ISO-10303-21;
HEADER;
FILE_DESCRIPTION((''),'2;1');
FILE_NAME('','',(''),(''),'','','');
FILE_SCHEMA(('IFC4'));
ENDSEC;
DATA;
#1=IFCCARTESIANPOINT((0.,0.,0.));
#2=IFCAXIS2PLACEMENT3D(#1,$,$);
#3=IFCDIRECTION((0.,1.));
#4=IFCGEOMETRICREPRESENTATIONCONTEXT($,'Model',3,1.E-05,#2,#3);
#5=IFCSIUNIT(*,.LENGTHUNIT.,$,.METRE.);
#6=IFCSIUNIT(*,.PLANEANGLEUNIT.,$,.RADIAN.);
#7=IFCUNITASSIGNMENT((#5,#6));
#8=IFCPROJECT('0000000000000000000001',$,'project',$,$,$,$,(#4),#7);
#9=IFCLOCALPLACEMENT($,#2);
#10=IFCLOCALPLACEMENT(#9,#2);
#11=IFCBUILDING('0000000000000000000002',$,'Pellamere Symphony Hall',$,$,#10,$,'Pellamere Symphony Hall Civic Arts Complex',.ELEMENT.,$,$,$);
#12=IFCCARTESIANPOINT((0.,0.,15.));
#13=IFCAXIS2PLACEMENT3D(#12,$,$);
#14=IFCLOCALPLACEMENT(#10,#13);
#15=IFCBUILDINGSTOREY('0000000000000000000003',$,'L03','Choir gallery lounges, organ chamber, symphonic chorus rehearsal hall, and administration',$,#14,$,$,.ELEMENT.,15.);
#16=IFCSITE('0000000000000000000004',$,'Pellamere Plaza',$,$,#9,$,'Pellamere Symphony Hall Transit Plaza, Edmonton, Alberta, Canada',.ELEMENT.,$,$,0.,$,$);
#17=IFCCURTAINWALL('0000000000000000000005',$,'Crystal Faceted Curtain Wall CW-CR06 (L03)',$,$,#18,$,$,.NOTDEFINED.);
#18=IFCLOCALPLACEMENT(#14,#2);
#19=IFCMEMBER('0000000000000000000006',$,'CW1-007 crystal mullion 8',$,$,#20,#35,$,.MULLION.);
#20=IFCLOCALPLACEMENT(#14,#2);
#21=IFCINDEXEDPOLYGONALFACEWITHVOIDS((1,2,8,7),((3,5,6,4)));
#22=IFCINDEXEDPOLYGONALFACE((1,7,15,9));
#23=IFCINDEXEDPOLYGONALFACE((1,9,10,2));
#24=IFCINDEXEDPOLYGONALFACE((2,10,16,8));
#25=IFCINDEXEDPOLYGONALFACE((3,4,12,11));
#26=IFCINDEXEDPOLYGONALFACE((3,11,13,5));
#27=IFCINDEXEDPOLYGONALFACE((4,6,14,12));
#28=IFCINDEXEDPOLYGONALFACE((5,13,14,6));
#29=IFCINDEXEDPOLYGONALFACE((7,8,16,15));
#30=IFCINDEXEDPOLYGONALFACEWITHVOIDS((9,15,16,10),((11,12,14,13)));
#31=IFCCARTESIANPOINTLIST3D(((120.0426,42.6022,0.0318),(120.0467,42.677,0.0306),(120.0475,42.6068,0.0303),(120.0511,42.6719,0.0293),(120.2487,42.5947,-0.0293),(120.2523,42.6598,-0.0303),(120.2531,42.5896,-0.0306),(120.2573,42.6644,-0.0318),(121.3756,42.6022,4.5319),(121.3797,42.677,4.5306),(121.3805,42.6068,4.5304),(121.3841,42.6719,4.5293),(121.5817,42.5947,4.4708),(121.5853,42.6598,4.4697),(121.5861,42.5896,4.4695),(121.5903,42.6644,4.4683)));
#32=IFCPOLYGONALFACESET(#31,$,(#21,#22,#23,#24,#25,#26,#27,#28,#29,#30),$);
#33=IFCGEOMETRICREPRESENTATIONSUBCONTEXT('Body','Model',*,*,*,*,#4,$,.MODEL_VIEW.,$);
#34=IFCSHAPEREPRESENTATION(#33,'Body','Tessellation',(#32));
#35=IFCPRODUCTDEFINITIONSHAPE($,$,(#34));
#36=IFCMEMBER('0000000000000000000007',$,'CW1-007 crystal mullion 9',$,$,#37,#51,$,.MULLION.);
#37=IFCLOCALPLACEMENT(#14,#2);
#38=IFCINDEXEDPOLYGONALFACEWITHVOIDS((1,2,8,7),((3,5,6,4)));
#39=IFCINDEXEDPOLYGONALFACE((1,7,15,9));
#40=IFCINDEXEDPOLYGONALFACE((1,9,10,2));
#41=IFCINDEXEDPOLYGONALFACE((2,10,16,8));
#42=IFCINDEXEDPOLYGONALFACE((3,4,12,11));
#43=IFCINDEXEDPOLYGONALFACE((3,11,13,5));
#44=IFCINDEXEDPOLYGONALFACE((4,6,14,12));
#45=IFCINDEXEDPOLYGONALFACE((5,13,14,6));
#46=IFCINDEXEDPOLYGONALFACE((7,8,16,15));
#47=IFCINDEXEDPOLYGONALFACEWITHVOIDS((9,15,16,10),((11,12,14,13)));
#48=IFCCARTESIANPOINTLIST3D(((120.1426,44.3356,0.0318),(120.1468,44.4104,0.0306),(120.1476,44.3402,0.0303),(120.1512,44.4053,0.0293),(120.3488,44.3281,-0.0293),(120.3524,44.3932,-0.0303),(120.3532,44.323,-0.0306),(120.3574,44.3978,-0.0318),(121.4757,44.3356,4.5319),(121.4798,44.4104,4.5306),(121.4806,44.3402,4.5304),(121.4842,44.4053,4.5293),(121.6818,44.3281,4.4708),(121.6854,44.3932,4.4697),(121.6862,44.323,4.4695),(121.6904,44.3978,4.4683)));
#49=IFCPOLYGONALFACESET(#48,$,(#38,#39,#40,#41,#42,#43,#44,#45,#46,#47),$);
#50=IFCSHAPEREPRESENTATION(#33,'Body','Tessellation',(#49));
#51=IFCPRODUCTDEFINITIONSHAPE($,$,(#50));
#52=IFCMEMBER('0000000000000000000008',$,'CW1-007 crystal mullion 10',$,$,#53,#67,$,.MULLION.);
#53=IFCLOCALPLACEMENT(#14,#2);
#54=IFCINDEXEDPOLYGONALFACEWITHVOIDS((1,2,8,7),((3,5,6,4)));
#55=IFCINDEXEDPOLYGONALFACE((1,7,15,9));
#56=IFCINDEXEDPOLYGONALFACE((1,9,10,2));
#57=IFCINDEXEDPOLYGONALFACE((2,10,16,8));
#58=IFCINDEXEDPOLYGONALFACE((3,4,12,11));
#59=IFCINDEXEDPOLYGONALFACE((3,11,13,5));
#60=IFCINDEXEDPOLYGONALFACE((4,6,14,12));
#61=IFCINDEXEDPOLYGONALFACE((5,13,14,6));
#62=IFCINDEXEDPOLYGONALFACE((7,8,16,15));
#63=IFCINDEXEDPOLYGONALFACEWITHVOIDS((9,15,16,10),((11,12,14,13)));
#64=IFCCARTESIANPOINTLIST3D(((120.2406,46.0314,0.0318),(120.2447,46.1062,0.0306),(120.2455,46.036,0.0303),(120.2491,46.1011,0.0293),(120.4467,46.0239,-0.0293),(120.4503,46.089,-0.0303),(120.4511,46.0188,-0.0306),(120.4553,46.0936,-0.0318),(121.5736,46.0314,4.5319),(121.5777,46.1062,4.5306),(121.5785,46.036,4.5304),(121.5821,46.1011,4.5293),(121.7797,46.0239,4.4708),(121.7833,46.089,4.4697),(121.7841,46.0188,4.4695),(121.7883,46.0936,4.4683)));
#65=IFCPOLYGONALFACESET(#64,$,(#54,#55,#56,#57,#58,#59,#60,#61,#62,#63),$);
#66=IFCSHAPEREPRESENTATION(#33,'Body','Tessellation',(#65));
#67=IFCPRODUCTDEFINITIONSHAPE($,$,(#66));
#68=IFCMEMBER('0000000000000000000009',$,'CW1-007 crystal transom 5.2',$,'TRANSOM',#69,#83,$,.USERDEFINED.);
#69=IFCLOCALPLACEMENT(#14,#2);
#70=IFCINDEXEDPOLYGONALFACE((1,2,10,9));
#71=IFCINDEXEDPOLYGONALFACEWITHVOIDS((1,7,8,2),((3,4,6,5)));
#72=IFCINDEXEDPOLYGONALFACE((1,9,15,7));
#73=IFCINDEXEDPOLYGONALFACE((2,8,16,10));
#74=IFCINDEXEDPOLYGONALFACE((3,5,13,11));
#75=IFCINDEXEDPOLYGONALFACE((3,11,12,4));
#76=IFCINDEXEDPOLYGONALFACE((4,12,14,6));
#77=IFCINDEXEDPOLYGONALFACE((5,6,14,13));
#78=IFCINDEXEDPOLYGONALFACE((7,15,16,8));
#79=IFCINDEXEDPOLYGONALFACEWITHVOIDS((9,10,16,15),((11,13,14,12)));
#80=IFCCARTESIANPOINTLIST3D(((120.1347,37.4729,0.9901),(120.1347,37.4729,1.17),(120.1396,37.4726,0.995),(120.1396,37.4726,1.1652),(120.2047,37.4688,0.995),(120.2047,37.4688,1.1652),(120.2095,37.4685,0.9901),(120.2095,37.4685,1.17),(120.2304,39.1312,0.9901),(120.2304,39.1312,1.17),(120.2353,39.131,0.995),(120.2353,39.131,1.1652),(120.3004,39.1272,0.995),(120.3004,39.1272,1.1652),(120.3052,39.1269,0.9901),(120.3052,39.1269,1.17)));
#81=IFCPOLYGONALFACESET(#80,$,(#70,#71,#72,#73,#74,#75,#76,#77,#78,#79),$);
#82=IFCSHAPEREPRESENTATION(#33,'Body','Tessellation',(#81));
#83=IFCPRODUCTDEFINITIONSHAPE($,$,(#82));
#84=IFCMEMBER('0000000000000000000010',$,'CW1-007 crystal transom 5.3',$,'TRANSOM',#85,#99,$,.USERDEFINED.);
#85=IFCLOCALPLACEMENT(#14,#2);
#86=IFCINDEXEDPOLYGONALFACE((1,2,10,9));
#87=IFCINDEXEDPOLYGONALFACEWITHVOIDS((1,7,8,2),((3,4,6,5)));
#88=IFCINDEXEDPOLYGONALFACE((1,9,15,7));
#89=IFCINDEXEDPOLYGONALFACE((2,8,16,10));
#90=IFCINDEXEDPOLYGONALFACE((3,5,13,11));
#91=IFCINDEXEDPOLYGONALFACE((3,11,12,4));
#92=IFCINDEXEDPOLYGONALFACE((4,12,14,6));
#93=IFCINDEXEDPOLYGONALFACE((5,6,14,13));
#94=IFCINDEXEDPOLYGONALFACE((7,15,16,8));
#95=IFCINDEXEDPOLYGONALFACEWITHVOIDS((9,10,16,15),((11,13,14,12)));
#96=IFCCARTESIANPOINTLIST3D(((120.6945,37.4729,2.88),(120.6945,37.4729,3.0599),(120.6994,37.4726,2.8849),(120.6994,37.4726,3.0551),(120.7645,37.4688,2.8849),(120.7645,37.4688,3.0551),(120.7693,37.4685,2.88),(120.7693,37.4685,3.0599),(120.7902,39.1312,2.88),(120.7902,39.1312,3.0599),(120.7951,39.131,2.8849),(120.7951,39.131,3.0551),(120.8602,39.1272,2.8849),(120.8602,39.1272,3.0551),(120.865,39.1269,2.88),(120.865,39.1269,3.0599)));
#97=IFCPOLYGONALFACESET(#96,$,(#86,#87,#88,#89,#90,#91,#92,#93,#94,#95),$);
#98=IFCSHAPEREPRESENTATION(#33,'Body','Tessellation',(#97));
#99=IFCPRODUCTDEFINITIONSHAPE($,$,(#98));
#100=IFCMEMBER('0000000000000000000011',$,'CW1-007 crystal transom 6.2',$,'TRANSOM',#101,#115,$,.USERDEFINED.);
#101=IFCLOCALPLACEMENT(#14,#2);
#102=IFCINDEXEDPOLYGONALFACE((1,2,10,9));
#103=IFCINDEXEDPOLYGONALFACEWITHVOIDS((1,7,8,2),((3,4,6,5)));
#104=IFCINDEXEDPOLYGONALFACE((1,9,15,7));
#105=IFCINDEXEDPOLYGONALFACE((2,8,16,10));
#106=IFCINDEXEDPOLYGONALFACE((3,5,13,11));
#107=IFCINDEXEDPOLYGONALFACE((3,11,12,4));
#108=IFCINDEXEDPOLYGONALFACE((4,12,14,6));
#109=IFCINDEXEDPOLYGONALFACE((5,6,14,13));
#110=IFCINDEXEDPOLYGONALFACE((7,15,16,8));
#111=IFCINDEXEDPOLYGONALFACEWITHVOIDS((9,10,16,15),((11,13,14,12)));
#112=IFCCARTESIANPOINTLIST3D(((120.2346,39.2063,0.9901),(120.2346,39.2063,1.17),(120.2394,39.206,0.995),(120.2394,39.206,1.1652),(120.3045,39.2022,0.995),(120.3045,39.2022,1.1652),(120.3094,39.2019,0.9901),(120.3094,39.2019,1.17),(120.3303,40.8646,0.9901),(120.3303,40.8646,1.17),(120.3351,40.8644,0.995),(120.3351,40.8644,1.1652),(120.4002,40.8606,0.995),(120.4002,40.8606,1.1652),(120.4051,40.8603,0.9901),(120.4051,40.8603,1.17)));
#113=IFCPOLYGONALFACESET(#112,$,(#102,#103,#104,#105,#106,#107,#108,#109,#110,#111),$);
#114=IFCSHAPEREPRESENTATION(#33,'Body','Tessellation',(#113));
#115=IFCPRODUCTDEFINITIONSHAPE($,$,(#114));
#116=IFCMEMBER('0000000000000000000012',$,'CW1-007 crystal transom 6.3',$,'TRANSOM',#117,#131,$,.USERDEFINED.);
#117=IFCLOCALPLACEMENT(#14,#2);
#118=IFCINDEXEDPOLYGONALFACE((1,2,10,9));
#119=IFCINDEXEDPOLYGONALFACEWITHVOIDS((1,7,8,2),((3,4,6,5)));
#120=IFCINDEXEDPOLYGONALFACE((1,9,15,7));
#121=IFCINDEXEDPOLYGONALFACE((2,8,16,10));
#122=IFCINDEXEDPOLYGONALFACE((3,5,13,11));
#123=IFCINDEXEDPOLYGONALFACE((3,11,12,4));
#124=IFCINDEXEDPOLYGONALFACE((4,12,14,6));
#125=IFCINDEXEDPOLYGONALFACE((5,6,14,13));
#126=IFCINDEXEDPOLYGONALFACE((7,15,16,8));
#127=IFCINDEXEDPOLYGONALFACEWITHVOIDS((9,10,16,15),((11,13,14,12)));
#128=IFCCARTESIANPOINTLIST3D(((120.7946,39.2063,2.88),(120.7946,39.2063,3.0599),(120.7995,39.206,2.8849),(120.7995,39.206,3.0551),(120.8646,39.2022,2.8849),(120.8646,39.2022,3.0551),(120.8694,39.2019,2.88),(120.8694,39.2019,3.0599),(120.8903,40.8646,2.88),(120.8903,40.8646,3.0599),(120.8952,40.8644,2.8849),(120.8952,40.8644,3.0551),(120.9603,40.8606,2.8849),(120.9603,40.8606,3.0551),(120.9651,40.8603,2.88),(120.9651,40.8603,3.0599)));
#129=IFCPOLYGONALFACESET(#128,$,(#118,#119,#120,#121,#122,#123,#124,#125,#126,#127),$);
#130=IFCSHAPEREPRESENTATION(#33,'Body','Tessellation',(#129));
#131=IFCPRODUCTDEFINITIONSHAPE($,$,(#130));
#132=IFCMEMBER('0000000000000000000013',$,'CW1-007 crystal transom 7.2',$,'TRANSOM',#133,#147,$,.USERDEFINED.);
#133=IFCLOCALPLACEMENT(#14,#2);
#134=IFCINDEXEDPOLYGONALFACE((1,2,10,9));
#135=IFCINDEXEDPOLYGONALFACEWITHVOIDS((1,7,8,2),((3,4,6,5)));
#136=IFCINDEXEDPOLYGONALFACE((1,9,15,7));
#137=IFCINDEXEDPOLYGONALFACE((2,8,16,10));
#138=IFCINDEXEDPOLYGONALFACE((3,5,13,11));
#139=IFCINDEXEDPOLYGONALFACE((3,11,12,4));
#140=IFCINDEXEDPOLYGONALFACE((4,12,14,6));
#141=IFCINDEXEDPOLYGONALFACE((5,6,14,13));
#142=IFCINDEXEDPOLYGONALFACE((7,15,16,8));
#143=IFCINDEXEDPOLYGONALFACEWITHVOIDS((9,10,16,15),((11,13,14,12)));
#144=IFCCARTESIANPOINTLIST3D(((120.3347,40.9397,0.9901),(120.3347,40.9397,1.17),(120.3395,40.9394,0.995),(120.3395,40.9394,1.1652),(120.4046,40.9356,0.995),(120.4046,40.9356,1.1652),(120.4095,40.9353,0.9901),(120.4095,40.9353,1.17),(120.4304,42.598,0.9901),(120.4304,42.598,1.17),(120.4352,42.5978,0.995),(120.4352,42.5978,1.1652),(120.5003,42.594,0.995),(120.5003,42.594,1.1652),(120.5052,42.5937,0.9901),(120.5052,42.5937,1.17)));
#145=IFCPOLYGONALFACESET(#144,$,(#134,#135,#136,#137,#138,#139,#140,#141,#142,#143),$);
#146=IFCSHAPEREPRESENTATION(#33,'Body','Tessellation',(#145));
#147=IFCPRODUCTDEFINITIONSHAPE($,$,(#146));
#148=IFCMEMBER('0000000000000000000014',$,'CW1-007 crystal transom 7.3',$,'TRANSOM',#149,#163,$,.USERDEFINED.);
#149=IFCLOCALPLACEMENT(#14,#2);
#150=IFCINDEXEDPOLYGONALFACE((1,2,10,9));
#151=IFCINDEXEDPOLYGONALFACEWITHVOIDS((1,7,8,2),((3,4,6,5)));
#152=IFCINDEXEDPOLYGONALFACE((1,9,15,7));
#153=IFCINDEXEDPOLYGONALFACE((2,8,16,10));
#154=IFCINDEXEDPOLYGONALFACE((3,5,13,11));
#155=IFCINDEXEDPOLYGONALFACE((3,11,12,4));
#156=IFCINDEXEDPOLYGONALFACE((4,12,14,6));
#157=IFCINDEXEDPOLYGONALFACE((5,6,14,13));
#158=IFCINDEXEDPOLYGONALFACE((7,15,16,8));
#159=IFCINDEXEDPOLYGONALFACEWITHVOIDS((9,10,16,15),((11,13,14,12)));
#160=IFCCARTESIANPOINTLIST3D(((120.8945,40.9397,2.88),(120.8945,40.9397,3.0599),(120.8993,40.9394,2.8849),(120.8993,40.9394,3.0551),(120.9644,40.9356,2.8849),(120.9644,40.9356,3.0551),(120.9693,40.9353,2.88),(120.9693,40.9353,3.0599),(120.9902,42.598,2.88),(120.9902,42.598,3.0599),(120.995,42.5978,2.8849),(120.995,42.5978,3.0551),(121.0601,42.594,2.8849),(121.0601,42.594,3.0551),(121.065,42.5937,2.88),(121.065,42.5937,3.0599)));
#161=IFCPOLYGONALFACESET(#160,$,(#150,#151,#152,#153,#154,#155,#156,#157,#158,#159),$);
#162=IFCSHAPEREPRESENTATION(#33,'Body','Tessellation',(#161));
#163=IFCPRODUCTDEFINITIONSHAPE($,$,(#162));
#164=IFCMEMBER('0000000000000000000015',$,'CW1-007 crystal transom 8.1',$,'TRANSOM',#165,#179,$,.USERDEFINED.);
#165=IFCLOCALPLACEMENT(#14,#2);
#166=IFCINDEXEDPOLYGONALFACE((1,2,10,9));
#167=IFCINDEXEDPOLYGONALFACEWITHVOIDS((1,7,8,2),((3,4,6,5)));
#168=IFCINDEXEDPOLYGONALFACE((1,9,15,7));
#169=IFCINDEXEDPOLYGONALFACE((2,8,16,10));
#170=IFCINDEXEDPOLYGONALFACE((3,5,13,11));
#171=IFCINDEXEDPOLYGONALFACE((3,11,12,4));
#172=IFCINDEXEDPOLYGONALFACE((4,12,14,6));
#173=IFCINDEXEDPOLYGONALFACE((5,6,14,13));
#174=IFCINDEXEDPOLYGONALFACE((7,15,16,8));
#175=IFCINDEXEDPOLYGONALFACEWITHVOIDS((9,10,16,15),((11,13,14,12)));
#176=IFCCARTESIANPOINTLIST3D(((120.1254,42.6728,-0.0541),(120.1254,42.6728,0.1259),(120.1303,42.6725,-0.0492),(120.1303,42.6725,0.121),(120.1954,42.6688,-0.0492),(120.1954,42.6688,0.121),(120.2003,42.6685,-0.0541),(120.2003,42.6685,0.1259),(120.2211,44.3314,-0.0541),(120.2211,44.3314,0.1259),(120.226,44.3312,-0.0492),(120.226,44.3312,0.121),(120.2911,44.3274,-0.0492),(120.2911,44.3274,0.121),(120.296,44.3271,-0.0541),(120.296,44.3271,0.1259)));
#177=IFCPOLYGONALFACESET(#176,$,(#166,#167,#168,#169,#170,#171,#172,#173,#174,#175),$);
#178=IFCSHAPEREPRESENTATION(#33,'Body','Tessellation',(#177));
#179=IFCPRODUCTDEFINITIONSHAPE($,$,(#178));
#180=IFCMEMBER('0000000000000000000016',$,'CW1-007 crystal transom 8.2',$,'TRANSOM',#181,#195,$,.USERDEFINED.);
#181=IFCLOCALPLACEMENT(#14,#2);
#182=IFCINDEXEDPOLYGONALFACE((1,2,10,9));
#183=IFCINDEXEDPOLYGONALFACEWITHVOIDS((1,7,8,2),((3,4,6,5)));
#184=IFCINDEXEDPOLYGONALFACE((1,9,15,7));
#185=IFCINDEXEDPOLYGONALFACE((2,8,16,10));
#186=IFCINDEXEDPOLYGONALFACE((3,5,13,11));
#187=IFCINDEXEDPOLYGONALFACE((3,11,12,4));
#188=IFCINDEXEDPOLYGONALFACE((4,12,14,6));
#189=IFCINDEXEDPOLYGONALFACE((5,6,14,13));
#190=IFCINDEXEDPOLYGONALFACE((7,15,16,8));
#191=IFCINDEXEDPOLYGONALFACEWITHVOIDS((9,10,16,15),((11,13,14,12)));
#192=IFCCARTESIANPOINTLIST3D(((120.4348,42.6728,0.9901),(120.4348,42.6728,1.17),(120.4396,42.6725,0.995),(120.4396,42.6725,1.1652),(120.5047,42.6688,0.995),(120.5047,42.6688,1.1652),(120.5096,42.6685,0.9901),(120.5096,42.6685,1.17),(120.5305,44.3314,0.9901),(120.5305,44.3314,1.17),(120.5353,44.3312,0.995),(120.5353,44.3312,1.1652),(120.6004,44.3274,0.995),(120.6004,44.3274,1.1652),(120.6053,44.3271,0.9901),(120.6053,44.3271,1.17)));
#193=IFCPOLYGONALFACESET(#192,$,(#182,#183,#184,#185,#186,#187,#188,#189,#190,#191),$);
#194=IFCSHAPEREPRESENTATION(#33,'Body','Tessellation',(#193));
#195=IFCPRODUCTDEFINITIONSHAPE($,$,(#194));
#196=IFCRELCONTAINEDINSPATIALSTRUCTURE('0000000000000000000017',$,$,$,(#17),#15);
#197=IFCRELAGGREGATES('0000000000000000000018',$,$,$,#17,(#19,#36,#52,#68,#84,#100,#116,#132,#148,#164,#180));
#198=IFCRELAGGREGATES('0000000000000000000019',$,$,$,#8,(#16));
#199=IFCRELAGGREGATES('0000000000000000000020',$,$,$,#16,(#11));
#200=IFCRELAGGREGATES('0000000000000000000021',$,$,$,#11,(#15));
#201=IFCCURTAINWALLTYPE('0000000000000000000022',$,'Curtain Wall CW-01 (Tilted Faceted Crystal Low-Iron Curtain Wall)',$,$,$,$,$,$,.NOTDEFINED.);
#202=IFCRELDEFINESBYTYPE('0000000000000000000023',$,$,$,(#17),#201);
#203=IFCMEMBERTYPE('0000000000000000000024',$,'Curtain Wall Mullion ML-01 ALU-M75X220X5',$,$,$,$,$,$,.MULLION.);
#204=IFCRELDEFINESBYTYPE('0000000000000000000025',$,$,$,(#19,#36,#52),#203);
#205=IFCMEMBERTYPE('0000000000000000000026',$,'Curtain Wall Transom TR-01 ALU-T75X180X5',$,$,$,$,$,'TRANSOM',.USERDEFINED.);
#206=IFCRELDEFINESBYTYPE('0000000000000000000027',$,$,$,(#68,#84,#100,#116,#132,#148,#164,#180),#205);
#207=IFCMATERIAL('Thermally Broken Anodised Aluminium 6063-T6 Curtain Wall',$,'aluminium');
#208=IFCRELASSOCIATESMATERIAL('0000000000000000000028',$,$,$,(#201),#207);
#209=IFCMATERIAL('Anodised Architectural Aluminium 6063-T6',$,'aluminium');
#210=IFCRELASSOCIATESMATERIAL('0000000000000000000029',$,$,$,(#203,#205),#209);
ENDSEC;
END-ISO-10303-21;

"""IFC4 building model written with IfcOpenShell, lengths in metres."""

from ifc_helpers import new_model, si_unit, direction, frame, origin, origin_2d, place, context, subcontext, project, spatial, hollow_rectangle, extrude, material, material_profile, profile_set, type_object, element, aggregate, save


model = new_model("IFC4")

# Units and contexts
model_context = context("Model", 3, precision=1e-05, world=origin(), true_north=direction((0.0, 1.0)))
body_context = subcontext(model_context, "Body", "Model", "MODEL_VIEW")
ifc_project = project(units=[si_unit("LENGTHUNIT", "METRE"), si_unit("PLANEANGLEUNIT", "RADIAN")], contexts=[model_context])

# Site, building, storey
site_placement = place(None, origin())
site = spatial("IfcSite", under=ifc_project, at=site_placement, Name="Pellamere Plaza", LongName="Pellamere Symphony Hall Transit Plaza, Edmonton, Alberta, Canada", CompositionType="ELEMENT", RefElevation=0.0)
building_placement = place(site_placement, origin())
building = spatial("IfcBuilding", under=site, at=building_placement, Name="Pellamere Symphony Hall", LongName="Pellamere Symphony Hall Civic Arts Complex", CompositionType="ELEMENT")
storey_placement = place(building_placement, frame((0.0, 0.0, 15.0)))
storey = spatial("IfcBuildingStorey", under=building, at=storey_placement, Name="L03", Description="Choir gallery lounges, organ chamber, symphonic chorus rehearsal hall, and administration", CompositionType="ELEMENT", Elevation=15.0)

# Curtain wall, members
ifc_material_1 = material(Name="Thermally Broken Anodised Aluminium 6063-T6 Curtain Wall", Category="aluminium")
curtain_wall_type = type_object("IfcCurtainWallType", Name="Curtain Wall CW-01 (Tilted Faceted Crystal Low-Iron Curtain Wall)", PredefinedType="NOTDEFINED", material=ifc_material_1)
curtain_wall_1_placement = place(storey_placement, origin())
curtain_wall_1 = element("IfcCurtainWall", 1, at=curtain_wall_1_placement, inside=storey, type_object=curtain_wall_type, Name="Crystal Faceted Curtain Wall CW-CR06 (L03)", PredefinedType="NOTDEFINED")
ifc_material_2 = material(Name="Anodised Architectural Aluminium 6063-T6", Category="aluminium")
ifc_material_profile_1 = material_profile(ifc_material_2, hollow_rectangle(XDim=0.075, YDim=0.22, WallThickness=0.0049, at=origin_2d()), Name="ALU-M75X220X5")
ifc_profile_set_1 = profile_set([ifc_material_profile_1], Name="Anodised Architectural Aluminium 6063-T6")
member_type_1 = type_object("IfcMemberType", Name="Curtain Wall Mullion ML-01 ALU-M75X220X5", PredefinedType="MULLION", material=ifc_profile_set_1)
member_1_placement = place(storey_placement, frame((120.1499, 42.6333, 0.0), z_axis=(0.284025, 0.0, 0.958817), x_axis=(-0.055225, -0.99834, 0.016359)))
member_1 = element("IfcMember", 2, at=member_1_placement, type_object=member_type_1, Name="CW1-007 crystal mullion 8", PredefinedType="MULLION", context=body_context, shape_type="SweptSolid", body=[
    extrude(hollow_rectangle(XDim=0.075, YDim=0.22, WallThickness=0.0049, at=origin_2d()), origin(), (0.0, 0.0, 1.0), 4.6934),
])
member_2_placement = place(storey_placement, frame((120.25, 44.3667, 0.0), z_axis=(0.284025, 0.0, 0.958817), x_axis=(-0.055225, -0.99834, 0.016359)))
member_2 = element("IfcMember", 3, at=member_2_placement, type_object=member_type_1, Name="CW1-007 crystal mullion 9", PredefinedType="MULLION", context=body_context, shape_type="SweptSolid", body=[
    extrude(hollow_rectangle(XDim=0.075, YDim=0.22, WallThickness=0.0049, at=origin_2d()), origin(), (0.0, 0.0, 1.0), 4.6934),
])
member_3_placement = place(storey_placement, frame((120.3479, 46.0625, 0.0), z_axis=(0.284025, 0.0, 0.958817), x_axis=(-0.055225, -0.99834, 0.016359)))
member_3 = element("IfcMember", 4, at=member_3_placement, type_object=member_type_1, Name="CW1-007 crystal mullion 10", PredefinedType="MULLION", context=body_context, shape_type="SweptSolid", body=[
    extrude(hollow_rectangle(XDim=0.075, YDim=0.22, WallThickness=0.0049, at=origin_2d()), origin(), (0.0, 0.0, 1.0), 4.6934),
])
ifc_material_profile_2 = material_profile(ifc_material_2, hollow_rectangle(XDim=0.075, YDim=0.1799, WallThickness=0.0049, at=origin_2d()), Name="ALU-T75X180X5")
ifc_profile_set_2 = profile_set([ifc_material_profile_2], Name="Anodised Architectural Aluminium 6063-T6")
member_type_2 = type_object("IfcMemberType", Name="Curtain Wall Transom TR-01 ALU-T75X180X5", ElementType="TRANSOM", PredefinedType="USERDEFINED", material=ifc_profile_set_2)
member_4_placement = place(storey_placement, frame((120.1721, 37.4707, 1.0801), z_axis=(0.057611, 0.998339, 0.0), x_axis=(-0.998339, 0.057611, 0.0)))
member_4 = element("IfcMember", 5, at=member_4_placement, type_object=member_type_2, Name="CW1-007 crystal transom 5.2", ObjectType="TRANSOM", PredefinedType="USERDEFINED", context=body_context, shape_type="SweptSolid", body=[
    extrude(hollow_rectangle(XDim=0.075, YDim=0.1799, WallThickness=0.0049, at=origin_2d()), origin(), (0.0, 0.0, 1.0), 1.6611),
])
member_5_placement = place(storey_placement, frame((120.7319, 37.4707, 2.97), z_axis=(0.057611, 0.998339, 0.0), x_axis=(-0.998339, 0.057611, 0.0)))
member_5 = element("IfcMember", 6, at=member_5_placement, type_object=member_type_2, Name="CW1-007 crystal transom 5.3", ObjectType="TRANSOM", PredefinedType="USERDEFINED", context=body_context, shape_type="SweptSolid", body=[
    extrude(hollow_rectangle(XDim=0.075, YDim=0.1799, WallThickness=0.0049, at=origin_2d()), origin(), (0.0, 0.0, 1.0), 1.6611),
])
member_6_placement = place(storey_placement, frame((120.272, 39.2041, 1.0801), z_axis=(0.057611, 0.998339, 0.0), x_axis=(-0.998339, 0.057611, 0.0)))
member_6 = element("IfcMember", 7, at=member_6_placement, type_object=member_type_2, Name="CW1-007 crystal transom 6.2", ObjectType="TRANSOM", PredefinedType="USERDEFINED", context=body_context, shape_type="SweptSolid", body=[
    extrude(hollow_rectangle(XDim=0.075, YDim=0.1799, WallThickness=0.0049, at=origin_2d()), origin(), (0.0, 0.0, 1.0), 1.6611),
])
member_7_placement = place(storey_placement, frame((120.832, 39.2041, 2.97), z_axis=(0.057611, 0.998339, 0.0), x_axis=(-0.998339, 0.057611, 0.0)))
member_7 = element("IfcMember", 8, at=member_7_placement, type_object=member_type_2, Name="CW1-007 crystal transom 6.3", ObjectType="TRANSOM", PredefinedType="USERDEFINED", context=body_context, shape_type="SweptSolid", body=[
    extrude(hollow_rectangle(XDim=0.075, YDim=0.1799, WallThickness=0.0049, at=origin_2d()), origin(), (0.0, 0.0, 1.0), 1.6611),
])
member_8_placement = place(storey_placement, frame((120.3721, 40.9375, 1.0801), z_axis=(0.057611, 0.998339, 0.0), x_axis=(-0.998339, 0.057611, 0.0)))
member_8 = element("IfcMember", 9, at=member_8_placement, type_object=member_type_2, Name="CW1-007 crystal transom 7.2", ObjectType="TRANSOM", PredefinedType="USERDEFINED", context=body_context, shape_type="SweptSolid", body=[
    extrude(hollow_rectangle(XDim=0.075, YDim=0.1799, WallThickness=0.0049, at=origin_2d()), origin(), (0.0, 0.0, 1.0), 1.6611),
])
member_9_placement = place(storey_placement, frame((120.9319, 40.9375, 2.97), z_axis=(0.057611, 0.998339, 0.0), x_axis=(-0.998339, 0.057611, 0.0)))
member_9 = element("IfcMember", 10, at=member_9_placement, type_object=member_type_2, Name="CW1-007 crystal transom 7.3", ObjectType="TRANSOM", PredefinedType="USERDEFINED", context=body_context, shape_type="SweptSolid", body=[
    extrude(hollow_rectangle(XDim=0.075, YDim=0.1799, WallThickness=0.0049, at=origin_2d()), origin(), (0.0, 0.0, 1.0), 1.6611),
])
member_10_placement = place(storey_placement, frame((120.1628, 42.6707, 0.0359), z_axis=(0.057602, 0.99834, 0.0), x_axis=(-0.99834, 0.057602, 0.0)))
member_10 = element("IfcMember", 11, at=member_10_placement, type_object=member_type_2, Name="CW1-007 crystal transom 8.1", ObjectType="TRANSOM", PredefinedType="USERDEFINED", context=body_context, shape_type="SweptSolid", body=[
    extrude(hollow_rectangle(XDim=0.075, YDim=0.1799, WallThickness=0.0049, at=origin_2d()), origin(), (0.0, 0.0, 1.0), 1.6614),
])
member_11_placement = place(storey_placement, frame((120.4722, 42.6707, 1.0801), z_axis=(0.057602, 0.99834, 0.0), x_axis=(-0.99834, 0.057602, 0.0)))
member_11 = element("IfcMember", 12, at=member_11_placement, type_object=member_type_2, Name="CW1-007 crystal transom 8.2", ObjectType="TRANSOM", PredefinedType="USERDEFINED", context=body_context, shape_type="SweptSolid", body=[
    extrude(hollow_rectangle(XDim=0.075, YDim=0.1799, WallThickness=0.0049, at=origin_2d()), origin(), (0.0, 0.0, 1.0), 1.6614),
])

aggregate(curtain_wall_1, [member_1, member_2, member_3, member_4, member_5, member_6, member_7, member_8, member_9, member_10, member_11])

save(model, "model.ifc")
